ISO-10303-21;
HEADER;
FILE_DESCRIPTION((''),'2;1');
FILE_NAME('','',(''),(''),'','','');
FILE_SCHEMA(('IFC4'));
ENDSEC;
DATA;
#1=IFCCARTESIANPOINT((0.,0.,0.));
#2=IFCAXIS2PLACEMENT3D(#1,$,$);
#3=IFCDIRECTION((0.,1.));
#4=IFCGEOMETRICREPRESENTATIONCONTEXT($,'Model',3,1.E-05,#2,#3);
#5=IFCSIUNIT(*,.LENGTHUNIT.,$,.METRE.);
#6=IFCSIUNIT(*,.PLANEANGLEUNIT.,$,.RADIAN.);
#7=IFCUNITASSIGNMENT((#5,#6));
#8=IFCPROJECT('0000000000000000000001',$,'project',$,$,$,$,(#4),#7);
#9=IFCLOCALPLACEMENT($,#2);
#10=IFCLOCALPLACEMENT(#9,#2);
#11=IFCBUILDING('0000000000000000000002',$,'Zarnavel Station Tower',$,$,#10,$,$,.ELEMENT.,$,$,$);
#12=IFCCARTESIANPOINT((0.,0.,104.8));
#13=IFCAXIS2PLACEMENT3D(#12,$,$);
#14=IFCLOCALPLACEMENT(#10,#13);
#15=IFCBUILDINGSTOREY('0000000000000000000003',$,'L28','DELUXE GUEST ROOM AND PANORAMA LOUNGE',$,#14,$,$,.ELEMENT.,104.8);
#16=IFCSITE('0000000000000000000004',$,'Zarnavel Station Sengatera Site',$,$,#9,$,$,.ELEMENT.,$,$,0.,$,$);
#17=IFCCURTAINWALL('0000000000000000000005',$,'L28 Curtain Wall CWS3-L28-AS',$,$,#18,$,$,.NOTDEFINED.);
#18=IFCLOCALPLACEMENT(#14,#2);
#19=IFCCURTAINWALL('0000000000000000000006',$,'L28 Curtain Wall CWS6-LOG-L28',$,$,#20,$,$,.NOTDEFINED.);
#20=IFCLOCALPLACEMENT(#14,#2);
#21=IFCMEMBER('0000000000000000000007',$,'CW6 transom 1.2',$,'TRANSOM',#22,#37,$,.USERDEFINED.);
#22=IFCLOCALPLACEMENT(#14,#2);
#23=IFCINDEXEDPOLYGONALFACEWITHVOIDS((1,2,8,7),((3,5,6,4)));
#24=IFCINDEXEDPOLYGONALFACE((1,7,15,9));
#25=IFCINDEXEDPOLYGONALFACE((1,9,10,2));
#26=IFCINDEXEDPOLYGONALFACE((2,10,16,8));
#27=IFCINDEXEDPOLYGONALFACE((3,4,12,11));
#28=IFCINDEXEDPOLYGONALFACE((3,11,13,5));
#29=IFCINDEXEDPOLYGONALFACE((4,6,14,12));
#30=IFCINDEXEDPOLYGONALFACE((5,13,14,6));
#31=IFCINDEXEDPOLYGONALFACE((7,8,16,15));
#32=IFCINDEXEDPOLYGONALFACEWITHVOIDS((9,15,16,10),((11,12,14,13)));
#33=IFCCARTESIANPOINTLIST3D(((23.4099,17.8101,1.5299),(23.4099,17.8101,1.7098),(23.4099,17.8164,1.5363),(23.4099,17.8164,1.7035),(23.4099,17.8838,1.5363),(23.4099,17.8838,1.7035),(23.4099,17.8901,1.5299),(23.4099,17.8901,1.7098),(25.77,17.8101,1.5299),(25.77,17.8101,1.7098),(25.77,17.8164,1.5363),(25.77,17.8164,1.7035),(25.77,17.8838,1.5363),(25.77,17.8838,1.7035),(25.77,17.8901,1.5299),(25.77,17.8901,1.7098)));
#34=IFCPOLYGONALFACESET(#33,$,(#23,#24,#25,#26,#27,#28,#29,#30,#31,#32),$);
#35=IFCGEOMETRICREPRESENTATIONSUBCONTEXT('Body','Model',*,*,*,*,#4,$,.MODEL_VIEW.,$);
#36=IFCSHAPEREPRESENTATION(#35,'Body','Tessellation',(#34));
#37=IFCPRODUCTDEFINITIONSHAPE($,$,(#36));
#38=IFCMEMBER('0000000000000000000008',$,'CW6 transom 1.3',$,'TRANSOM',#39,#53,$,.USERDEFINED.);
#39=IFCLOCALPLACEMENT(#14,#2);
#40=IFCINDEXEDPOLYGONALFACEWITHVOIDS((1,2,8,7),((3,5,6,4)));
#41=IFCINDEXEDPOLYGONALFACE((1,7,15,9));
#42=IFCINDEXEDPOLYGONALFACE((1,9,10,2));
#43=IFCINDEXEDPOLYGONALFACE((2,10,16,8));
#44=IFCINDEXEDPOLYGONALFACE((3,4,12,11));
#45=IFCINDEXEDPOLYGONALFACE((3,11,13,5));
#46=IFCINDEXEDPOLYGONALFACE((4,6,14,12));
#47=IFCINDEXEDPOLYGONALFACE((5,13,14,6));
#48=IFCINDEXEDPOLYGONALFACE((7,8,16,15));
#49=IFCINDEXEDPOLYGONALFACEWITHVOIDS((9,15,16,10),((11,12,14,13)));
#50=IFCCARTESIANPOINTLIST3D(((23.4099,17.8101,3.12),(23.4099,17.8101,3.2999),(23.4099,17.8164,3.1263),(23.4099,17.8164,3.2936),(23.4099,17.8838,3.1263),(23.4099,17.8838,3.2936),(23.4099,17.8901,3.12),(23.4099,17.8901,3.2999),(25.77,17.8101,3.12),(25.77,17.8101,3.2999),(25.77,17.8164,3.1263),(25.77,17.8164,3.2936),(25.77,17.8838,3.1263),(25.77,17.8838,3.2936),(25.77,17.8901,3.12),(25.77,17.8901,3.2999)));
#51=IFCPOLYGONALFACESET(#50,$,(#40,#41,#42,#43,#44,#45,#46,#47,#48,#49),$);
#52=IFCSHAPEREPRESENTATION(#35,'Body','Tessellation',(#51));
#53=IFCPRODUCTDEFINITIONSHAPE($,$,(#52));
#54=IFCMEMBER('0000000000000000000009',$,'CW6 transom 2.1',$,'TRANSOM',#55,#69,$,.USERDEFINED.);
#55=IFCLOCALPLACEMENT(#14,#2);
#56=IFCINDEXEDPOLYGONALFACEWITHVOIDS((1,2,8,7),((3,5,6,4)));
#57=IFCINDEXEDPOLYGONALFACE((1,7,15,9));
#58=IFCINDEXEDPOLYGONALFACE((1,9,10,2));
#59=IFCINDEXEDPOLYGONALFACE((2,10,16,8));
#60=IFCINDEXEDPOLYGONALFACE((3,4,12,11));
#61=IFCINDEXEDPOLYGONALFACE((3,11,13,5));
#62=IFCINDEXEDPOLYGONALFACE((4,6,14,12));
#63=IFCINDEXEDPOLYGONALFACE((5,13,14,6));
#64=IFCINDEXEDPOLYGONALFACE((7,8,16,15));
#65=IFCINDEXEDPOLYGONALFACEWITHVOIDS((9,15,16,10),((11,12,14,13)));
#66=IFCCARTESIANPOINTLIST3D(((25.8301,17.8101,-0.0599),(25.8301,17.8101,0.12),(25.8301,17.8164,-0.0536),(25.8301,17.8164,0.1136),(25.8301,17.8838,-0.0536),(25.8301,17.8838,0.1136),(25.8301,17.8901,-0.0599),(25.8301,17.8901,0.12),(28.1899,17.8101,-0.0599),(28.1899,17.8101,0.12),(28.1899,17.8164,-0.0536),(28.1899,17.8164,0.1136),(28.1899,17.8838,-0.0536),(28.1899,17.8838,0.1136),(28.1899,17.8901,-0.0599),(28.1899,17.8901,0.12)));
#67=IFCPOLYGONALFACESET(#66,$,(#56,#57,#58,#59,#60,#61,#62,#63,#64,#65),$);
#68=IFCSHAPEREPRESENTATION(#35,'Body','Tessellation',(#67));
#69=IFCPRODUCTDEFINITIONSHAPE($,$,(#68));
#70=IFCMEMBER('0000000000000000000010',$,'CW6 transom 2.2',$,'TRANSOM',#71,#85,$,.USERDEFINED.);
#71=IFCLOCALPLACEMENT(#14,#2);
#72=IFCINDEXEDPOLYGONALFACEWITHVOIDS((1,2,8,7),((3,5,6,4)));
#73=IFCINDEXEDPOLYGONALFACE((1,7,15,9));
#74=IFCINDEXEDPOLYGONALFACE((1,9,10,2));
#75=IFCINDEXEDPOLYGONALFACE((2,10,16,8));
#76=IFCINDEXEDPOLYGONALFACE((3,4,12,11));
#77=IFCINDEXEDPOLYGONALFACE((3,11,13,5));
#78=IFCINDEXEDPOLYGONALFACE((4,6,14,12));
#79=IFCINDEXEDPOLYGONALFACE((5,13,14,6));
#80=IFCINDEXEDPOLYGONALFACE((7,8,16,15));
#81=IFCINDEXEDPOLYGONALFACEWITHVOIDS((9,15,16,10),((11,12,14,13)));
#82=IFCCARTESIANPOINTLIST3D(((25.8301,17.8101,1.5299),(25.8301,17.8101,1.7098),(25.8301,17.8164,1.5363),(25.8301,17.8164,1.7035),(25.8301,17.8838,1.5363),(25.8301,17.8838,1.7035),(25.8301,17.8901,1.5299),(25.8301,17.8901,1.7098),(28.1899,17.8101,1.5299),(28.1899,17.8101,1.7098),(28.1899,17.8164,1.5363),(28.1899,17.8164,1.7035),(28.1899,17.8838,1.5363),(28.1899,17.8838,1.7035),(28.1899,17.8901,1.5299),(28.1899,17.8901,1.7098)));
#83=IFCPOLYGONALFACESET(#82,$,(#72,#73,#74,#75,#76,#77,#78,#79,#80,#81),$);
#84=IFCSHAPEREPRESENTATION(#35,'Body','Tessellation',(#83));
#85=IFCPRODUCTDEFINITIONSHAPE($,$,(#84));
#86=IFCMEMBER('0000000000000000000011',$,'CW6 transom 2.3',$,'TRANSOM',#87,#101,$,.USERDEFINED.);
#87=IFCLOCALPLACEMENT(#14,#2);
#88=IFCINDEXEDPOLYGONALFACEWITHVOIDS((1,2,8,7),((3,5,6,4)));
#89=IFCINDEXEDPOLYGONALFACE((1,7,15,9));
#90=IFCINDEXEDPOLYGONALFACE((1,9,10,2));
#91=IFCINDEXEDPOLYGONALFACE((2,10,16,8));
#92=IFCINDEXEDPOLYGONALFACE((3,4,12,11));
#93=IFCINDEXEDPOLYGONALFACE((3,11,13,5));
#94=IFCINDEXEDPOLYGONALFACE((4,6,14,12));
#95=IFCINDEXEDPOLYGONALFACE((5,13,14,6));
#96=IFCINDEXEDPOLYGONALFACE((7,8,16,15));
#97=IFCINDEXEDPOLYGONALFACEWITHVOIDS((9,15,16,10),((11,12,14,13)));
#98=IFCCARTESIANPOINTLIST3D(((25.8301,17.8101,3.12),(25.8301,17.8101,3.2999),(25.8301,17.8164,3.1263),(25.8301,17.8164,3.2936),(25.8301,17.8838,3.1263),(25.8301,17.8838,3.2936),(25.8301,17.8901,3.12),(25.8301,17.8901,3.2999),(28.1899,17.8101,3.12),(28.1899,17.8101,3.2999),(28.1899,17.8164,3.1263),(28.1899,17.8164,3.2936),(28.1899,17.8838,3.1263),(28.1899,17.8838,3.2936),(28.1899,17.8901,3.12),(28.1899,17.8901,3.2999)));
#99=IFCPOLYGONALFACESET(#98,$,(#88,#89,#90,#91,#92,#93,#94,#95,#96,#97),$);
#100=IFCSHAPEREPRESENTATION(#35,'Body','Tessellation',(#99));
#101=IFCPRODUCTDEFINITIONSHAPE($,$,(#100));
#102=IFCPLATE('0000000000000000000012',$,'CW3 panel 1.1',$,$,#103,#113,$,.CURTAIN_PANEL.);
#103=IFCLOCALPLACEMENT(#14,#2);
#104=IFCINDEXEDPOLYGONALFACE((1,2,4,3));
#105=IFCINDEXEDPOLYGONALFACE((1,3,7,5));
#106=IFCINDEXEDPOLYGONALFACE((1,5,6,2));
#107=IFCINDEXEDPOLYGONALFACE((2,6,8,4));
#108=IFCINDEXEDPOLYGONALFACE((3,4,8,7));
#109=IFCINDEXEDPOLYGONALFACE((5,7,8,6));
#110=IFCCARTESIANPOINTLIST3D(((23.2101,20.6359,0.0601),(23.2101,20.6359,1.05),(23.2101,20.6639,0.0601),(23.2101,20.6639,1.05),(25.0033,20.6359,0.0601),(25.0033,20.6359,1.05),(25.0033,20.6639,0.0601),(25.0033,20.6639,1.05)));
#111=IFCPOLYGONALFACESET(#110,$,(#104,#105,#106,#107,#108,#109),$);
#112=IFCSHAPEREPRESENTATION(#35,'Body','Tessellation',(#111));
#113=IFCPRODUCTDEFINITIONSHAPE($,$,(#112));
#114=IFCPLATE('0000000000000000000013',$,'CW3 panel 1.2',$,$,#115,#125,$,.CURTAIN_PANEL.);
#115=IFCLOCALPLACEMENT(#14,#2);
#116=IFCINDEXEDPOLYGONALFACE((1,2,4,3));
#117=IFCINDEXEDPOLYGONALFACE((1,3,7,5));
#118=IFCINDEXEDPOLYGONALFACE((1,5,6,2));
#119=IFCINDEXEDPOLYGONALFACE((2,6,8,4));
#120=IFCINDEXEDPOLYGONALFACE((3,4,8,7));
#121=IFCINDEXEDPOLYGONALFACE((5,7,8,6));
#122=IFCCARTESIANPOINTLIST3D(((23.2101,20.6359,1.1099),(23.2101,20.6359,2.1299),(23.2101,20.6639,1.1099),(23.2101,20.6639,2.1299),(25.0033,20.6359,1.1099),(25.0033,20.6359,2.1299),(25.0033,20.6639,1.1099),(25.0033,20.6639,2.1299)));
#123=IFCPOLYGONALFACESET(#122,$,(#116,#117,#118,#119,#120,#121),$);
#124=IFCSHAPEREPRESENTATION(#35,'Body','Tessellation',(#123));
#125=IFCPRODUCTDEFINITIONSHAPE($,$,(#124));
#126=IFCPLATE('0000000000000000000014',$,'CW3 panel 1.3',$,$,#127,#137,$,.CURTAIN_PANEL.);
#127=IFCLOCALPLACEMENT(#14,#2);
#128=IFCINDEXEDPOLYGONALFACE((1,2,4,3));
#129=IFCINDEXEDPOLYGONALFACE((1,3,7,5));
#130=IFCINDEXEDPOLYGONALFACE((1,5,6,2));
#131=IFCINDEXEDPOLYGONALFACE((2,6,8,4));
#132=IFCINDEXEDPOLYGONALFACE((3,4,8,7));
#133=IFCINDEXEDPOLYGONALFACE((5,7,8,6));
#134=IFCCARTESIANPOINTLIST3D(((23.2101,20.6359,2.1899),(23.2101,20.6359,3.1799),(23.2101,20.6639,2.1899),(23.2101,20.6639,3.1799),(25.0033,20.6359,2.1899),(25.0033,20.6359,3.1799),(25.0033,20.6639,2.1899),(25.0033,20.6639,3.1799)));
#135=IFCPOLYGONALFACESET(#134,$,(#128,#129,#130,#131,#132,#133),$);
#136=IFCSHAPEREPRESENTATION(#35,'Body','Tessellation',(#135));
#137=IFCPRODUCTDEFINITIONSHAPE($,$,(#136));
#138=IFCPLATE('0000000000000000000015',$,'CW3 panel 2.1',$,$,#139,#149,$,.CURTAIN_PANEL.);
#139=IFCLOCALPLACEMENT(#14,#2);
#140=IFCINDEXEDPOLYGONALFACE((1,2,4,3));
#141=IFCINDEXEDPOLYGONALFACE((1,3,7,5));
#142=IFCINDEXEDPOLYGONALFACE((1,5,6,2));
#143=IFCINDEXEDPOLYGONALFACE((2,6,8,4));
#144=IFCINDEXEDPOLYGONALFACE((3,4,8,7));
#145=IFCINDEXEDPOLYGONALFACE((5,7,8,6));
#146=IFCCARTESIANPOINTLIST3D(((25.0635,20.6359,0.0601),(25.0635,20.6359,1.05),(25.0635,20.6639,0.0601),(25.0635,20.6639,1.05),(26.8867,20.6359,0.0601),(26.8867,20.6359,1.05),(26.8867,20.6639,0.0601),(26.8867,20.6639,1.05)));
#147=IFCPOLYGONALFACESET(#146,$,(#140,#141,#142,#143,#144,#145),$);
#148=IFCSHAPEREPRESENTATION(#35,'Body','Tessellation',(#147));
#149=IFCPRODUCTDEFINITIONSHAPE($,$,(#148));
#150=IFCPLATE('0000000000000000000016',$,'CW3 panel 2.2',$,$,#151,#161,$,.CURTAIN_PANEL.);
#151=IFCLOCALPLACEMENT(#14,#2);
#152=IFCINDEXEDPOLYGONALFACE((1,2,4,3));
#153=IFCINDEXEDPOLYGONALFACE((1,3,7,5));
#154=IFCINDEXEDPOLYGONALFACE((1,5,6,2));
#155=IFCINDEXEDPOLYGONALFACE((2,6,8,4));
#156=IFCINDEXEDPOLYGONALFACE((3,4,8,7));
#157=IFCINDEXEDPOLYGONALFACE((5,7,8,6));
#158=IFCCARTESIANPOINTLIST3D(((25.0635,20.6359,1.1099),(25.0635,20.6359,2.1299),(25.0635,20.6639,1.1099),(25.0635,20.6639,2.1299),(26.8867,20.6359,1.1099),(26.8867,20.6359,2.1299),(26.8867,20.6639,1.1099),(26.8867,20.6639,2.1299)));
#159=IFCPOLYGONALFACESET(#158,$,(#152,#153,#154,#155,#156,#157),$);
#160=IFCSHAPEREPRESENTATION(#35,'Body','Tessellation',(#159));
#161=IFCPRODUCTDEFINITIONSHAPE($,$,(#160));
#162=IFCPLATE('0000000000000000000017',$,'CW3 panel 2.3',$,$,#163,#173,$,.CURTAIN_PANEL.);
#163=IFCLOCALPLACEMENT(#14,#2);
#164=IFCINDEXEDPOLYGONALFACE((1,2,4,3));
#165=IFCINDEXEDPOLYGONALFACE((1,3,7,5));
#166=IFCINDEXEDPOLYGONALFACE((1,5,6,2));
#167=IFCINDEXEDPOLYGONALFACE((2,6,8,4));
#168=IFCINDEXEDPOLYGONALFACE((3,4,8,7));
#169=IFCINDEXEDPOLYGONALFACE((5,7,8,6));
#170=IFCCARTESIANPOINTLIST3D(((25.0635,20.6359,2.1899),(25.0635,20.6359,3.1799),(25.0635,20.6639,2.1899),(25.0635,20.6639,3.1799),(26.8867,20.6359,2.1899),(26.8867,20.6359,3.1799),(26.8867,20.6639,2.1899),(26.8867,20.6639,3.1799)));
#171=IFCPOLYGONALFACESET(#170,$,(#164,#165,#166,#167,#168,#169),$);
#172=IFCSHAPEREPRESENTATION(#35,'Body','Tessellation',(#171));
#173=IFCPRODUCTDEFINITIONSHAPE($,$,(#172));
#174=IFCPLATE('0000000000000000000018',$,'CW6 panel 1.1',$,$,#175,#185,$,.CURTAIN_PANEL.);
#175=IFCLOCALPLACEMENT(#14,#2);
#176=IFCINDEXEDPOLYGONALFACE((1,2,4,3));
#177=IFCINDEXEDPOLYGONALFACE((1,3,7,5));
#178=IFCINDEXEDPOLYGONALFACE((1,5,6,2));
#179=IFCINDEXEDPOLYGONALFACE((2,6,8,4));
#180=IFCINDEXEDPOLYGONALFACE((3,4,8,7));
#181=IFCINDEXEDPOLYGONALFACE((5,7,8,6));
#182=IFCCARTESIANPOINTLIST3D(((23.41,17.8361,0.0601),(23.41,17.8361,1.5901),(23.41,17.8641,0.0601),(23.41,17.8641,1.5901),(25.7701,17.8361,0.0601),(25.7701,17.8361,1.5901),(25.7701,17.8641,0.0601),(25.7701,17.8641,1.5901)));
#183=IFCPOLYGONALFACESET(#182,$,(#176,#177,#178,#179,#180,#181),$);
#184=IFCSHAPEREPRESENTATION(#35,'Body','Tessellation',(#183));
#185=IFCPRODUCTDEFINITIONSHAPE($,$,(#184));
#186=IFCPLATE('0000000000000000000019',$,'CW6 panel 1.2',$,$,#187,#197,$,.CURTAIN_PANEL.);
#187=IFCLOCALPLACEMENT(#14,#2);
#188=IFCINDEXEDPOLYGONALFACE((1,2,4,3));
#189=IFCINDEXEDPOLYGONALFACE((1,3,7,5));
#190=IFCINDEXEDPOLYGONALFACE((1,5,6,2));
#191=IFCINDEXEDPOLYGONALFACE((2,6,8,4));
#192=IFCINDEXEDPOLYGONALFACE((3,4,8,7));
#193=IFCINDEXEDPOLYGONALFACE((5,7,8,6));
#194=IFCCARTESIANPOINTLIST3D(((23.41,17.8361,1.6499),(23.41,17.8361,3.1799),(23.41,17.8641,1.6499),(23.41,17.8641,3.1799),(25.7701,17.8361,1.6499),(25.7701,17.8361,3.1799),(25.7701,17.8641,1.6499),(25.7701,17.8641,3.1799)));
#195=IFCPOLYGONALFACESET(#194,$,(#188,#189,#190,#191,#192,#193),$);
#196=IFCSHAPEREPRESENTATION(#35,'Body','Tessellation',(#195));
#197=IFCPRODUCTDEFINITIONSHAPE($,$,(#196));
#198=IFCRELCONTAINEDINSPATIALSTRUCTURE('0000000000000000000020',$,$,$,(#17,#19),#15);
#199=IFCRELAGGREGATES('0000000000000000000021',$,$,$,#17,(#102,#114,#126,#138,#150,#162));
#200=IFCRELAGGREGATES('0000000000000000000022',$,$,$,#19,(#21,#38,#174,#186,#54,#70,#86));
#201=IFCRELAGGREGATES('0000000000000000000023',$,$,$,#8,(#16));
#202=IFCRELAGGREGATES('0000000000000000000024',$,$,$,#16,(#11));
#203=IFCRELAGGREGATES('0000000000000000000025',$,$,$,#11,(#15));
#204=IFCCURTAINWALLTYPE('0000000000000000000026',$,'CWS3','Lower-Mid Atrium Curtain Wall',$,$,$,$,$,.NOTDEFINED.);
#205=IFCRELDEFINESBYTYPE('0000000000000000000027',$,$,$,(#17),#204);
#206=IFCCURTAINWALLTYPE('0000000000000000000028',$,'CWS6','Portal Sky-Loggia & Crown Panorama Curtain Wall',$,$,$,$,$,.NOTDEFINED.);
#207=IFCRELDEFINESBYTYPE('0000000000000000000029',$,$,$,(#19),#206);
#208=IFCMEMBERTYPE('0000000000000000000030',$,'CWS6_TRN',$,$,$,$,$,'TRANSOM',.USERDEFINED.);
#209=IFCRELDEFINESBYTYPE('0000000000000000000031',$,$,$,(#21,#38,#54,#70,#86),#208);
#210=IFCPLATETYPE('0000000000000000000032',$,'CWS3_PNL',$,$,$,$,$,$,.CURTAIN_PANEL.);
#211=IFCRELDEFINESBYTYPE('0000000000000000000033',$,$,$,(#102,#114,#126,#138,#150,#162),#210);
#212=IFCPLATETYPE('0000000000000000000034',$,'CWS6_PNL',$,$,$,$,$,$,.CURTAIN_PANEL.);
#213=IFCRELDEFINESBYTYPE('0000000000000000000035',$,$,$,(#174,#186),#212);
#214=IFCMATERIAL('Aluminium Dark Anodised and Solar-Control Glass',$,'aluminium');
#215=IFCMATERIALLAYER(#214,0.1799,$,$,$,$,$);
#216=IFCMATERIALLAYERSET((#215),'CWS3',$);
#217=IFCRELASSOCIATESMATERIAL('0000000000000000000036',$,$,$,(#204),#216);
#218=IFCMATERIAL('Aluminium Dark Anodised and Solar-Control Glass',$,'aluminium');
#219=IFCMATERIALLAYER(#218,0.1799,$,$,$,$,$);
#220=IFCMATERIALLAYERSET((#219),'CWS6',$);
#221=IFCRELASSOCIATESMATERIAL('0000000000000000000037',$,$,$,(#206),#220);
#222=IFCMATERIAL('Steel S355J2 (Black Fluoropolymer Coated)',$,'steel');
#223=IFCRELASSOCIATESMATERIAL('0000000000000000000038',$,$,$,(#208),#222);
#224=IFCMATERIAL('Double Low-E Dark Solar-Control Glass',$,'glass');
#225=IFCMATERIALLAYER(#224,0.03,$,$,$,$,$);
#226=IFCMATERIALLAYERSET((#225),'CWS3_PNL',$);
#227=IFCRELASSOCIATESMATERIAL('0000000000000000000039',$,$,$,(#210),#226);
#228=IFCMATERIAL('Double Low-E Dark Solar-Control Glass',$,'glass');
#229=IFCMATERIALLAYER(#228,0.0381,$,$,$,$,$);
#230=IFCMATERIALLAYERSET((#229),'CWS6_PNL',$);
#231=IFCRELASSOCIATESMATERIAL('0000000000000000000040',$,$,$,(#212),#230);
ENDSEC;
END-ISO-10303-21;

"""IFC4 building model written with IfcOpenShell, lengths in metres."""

from ifc_helpers import new_model, si_unit, direction, frame, origin, origin_2d, place, context, subcontext, project, spatial, rectangle, hollow_rectangle, extrude, material, layer, layer_set, material_profile, profile_set, type_object, element, aggregate, save


model = new_model("IFC4")

# Units and contexts
model_context = context("Model", 3, precision=1e-05, world=origin(), true_north=direction((0.0, 1.0)))
body_context = subcontext(model_context, "Body", "Model", "MODEL_VIEW")
ifc_project = project(units=[si_unit("LENGTHUNIT", "METRE"), si_unit("PLANEANGLEUNIT", "RADIAN")], contexts=[model_context])

# Site, building, storey
site_placement = place(None, origin())
site = spatial("IfcSite", under=ifc_project, at=site_placement, Name="Zarnavel Station Sengatera Site", CompositionType="ELEMENT", RefElevation=0.0)
building_placement = place(site_placement, origin())
building = spatial("IfcBuilding", under=site, at=building_placement, Name="Zarnavel Station Tower", CompositionType="ELEMENT")
storey_placement = place(building_placement, frame((0.0, 0.0, 104.8)))
storey = spatial("IfcBuildingStorey", under=building, at=storey_placement, Name="L28", Description="DELUXE GUEST ROOM AND PANORAMA LOUNGE", CompositionType="ELEMENT", Elevation=104.8)

# Curtain walls, members
ifc_material_1 = material(Name="Aluminium Dark Anodised and Solar-Control Glass", Category="aluminium")
ifc_layer_1 = layer(ifc_material_1, 0.1799)
ifc_layer_set_1 = layer_set([ifc_layer_1], Name="CWS3")
curtain_wall_type_1 = type_object("IfcCurtainWallType", Name="CWS3", Description="Lower-Mid Atrium Curtain Wall", PredefinedType="NOTDEFINED", material=ifc_layer_set_1)
curtain_wall_1_placement = place(storey_placement, origin())
curtain_wall_1 = element("IfcCurtainWall", 1, at=curtain_wall_1_placement, inside=storey, type_object=curtain_wall_type_1, Name="L28 Curtain Wall CWS3-L28-AS", PredefinedType="NOTDEFINED")
ifc_material_2 = material(Name="Aluminium Dark Anodised and Solar-Control Glass", Category="aluminium")
ifc_layer_2 = layer(ifc_material_2, 0.1799)
ifc_layer_set_2 = layer_set([ifc_layer_2], Name="CWS6")
curtain_wall_type_2 = type_object("IfcCurtainWallType", Name="CWS6", Description="Portal Sky-Loggia & Crown Panorama Curtain Wall", PredefinedType="NOTDEFINED", material=ifc_layer_set_2)
curtain_wall_2_placement = place(storey_placement, origin())
curtain_wall_2 = element("IfcCurtainWall", 2, at=curtain_wall_2_placement, inside=storey, type_object=curtain_wall_type_2, Name="L28 Curtain Wall CWS6-LOG-L28", PredefinedType="NOTDEFINED")
ifc_material_3 = material(Name="Steel S355J2 (Black Fluoropolymer Coated)", Category="steel")
ifc_material_profile_1 = material_profile(ifc_material_3, hollow_rectangle(XDim=0.0801, YDim=0.1799, WallThickness=0.0063, at=origin_2d()), Name="RHS180x80x6.3")
ifc_profile_set_1 = profile_set([ifc_material_profile_1], Name="Steel S355J2 (Black Fluoropolymer Coated)")
member_type_1 = type_object("IfcMemberType", Name="CWS6_TRN", ElementType="TRANSOM", PredefinedType="USERDEFINED", material=ifc_profile_set_1)
member_1_placement = place(storey_placement, frame((23.4099, 17.8501, 1.6199), z_axis=(1.0, 0.0, 0.0), x_axis=(0.0, 1.0, 0.0)))
member_1 = element("IfcMember", 3, at=member_1_placement, type_object=member_type_1, Name="CW6 transom 1.2", ObjectType="TRANSOM", PredefinedType="USERDEFINED", context=body_context, shape_type="SweptSolid", body=[
    extrude(hollow_rectangle(XDim=0.0801, YDim=0.1799, WallThickness=0.0063, at=origin_2d()), origin(), (0.0, 0.0, 1.0), 2.3601),
])
member_2_placement = place(storey_placement, frame((23.4099, 17.8501, 3.21), z_axis=(1.0, 0.0, 0.0), x_axis=(0.0, 1.0, 0.0)))
member_2 = element("IfcMember", 4, at=member_2_placement, type_object=member_type_1, Name="CW6 transom 1.3", ObjectType="TRANSOM", PredefinedType="USERDEFINED", context=body_context, shape_type="SweptSolid", body=[
    extrude(hollow_rectangle(XDim=0.0801, YDim=0.1799, WallThickness=0.0063, at=origin_2d()), origin(), (0.0, 0.0, 1.0), 2.3601),
])
member_3_placement = place(storey_placement, frame((25.8301, 17.8501, 0.03), z_axis=(1.0, 0.0, 0.0), x_axis=(0.0, 1.0, 0.0)))
member_3 = element("IfcMember", 5, at=member_3_placement, type_object=member_type_1, Name="CW6 transom 2.1", ObjectType="TRANSOM", PredefinedType="USERDEFINED", context=body_context, shape_type="SweptSolid", body=[
    extrude(hollow_rectangle(XDim=0.0801, YDim=0.1799, WallThickness=0.0063, at=origin_2d()), origin(), (0.0, 0.0, 1.0), 2.3599),
])
member_4_placement = place(storey_placement, frame((25.8301, 17.8501, 1.6199), z_axis=(1.0, 0.0, 0.0), x_axis=(0.0, 1.0, 0.0)))
member_4 = element("IfcMember", 6, at=member_4_placement, type_object=member_type_1, Name="CW6 transom 2.2", ObjectType="TRANSOM", PredefinedType="USERDEFINED", context=body_context, shape_type="SweptSolid", body=[
    extrude(hollow_rectangle(XDim=0.0801, YDim=0.1799, WallThickness=0.0063, at=origin_2d()), origin(), (0.0, 0.0, 1.0), 2.3599),
])
member_5_placement = place(storey_placement, frame((25.8301, 17.8501, 3.21), z_axis=(1.0, 0.0, 0.0), x_axis=(0.0, 1.0, 0.0)))
member_5 = element("IfcMember", 7, at=member_5_placement, type_object=member_type_1, Name="CW6 transom 2.3", ObjectType="TRANSOM", PredefinedType="USERDEFINED", context=body_context, shape_type="SweptSolid", body=[
    extrude(hollow_rectangle(XDim=0.0801, YDim=0.1799, WallThickness=0.0063, at=origin_2d()), origin(), (0.0, 0.0, 1.0), 2.3599),
])

# Plates
ifc_material_4 = material(Name="Double Low-E Dark Solar-Control Glass", Category="glass")
ifc_layer_3 = layer(ifc_material_4, 0.03)
ifc_layer_set_3 = layer_set([ifc_layer_3], Name="CWS3_PNL")
plate_type_1 = type_object("IfcPlateType", Name="CWS3_PNL", PredefinedType="CURTAIN_PANEL", material=ifc_layer_set_3)
plate_1_placement = place(storey_placement, frame((24.1067, 20.6499, 0.0601), z_axis=(0.0, 0.0, 1.0), x_axis=(1.0, 0.0, 0.0)))
plate_1 = element("IfcPlate", 8, at=plate_1_placement, type_object=plate_type_1, Name="CW3 panel 1.1", PredefinedType="CURTAIN_PANEL", context=body_context, shape_type="SweptSolid", body=[
    extrude(rectangle(XDim=1.7932, YDim=0.0281, at=origin_2d()), origin(), (0.0, 0.0, 1.0), 0.99),
])
plate_2_placement = place(storey_placement, frame((24.1067, 20.6499, 1.1099), z_axis=(0.0, 0.0, 1.0), x_axis=(1.0, 0.0, 0.0)))
plate_2 = element("IfcPlate", 9, at=plate_2_placement, type_object=plate_type_1, Name="CW3 panel 1.2", PredefinedType="CURTAIN_PANEL", context=body_context, shape_type="SweptSolid", body=[
    extrude(rectangle(XDim=1.7932, YDim=0.0281, at=origin_2d()), origin(), (0.0, 0.0, 1.0), 1.02),
])
plate_3_placement = place(storey_placement, frame((24.1067, 20.6499, 2.1899), z_axis=(0.0, 0.0, 1.0), x_axis=(1.0, 0.0, 0.0)))
plate_3 = element("IfcPlate", 10, at=plate_3_placement, type_object=plate_type_1, Name="CW3 panel 1.3", PredefinedType="CURTAIN_PANEL", context=body_context, shape_type="SweptSolid", body=[
    extrude(rectangle(XDim=1.7932, YDim=0.0281, at=origin_2d()), origin(), (0.0, 0.0, 1.0), 0.99),
])
plate_4_placement = place(storey_placement, frame((25.9751, 20.6499, 0.0601), z_axis=(0.0, 0.0, 1.0), x_axis=(1.0, 0.0, 0.0)))
plate_4 = element("IfcPlate", 11, at=plate_4_placement, type_object=plate_type_1, Name="CW3 panel 2.1", PredefinedType="CURTAIN_PANEL", context=body_context, shape_type="SweptSolid", body=[
    extrude(rectangle(XDim=1.8232, YDim=0.0281, at=origin_2d()), origin(), (0.0, 0.0, 1.0), 0.99),
])
plate_5_placement = place(storey_placement, frame((25.9751, 20.6499, 1.1099), z_axis=(0.0, 0.0, 1.0), x_axis=(1.0, 0.0, 0.0)))
plate_5 = element("IfcPlate", 12, at=plate_5_placement, type_object=plate_type_1, Name="CW3 panel 2.2", PredefinedType="CURTAIN_PANEL", context=body_context, shape_type="SweptSolid", body=[
    extrude(rectangle(XDim=1.8232, YDim=0.0281, at=origin_2d()), origin(), (0.0, 0.0, 1.0), 1.02),
])
plate_6_placement = place(storey_placement, frame((25.9751, 20.6499, 2.1899), z_axis=(0.0, 0.0, 1.0), x_axis=(1.0, 0.0, 0.0)))
plate_6 = element("IfcPlate", 13, at=plate_6_placement, type_object=plate_type_1, Name="CW3 panel 2.3", PredefinedType="CURTAIN_PANEL", context=body_context, shape_type="SweptSolid", body=[
    extrude(rectangle(XDim=1.8232, YDim=0.0281, at=origin_2d()), origin(), (0.0, 0.0, 1.0), 0.99),
])
aggregate(curtain_wall_1, [plate_1, plate_2, plate_3, plate_4, plate_5, plate_6])
ifc_material_5 = material(Name="Double Low-E Dark Solar-Control Glass", Category="glass")
ifc_layer_4 = layer(ifc_material_5, 0.0381)
ifc_layer_set_4 = layer_set([ifc_layer_4], Name="CWS6_PNL")
plate_type_2 = type_object("IfcPlateType", Name="CWS6_PNL", PredefinedType="CURTAIN_PANEL", material=ifc_layer_set_4)
plate_7_placement = place(storey_placement, frame((24.5901, 17.8501, 0.0601), z_axis=(0.0, 0.0, 1.0), x_axis=(1.0, 0.0, 0.0)))
plate_7 = element("IfcPlate", 14, at=plate_7_placement, type_object=plate_type_2, Name="CW6 panel 1.1", PredefinedType="CURTAIN_PANEL", context=body_context, shape_type="SweptSolid", body=[
    extrude(rectangle(XDim=2.3601, YDim=0.0281, at=origin_2d()), origin(), (0.0, 0.0, 1.0), 1.53),
])
plate_8_placement = place(storey_placement, frame((24.5901, 17.8501, 1.6499), z_axis=(0.0, 0.0, 1.0), x_axis=(1.0, 0.0, 0.0)))
plate_8 = element("IfcPlate", 15, at=plate_8_placement, type_object=plate_type_2, Name="CW6 panel 1.2", PredefinedType="CURTAIN_PANEL", context=body_context, shape_type="SweptSolid", body=[
    extrude(rectangle(XDim=2.3601, YDim=0.0281, at=origin_2d()), origin(), (0.0, 0.0, 1.0), 1.53),
])
aggregate(curtain_wall_2, [member_1, member_2, plate_7, plate_8, member_3, member_4, member_5])

save(model, "model.ifc")
